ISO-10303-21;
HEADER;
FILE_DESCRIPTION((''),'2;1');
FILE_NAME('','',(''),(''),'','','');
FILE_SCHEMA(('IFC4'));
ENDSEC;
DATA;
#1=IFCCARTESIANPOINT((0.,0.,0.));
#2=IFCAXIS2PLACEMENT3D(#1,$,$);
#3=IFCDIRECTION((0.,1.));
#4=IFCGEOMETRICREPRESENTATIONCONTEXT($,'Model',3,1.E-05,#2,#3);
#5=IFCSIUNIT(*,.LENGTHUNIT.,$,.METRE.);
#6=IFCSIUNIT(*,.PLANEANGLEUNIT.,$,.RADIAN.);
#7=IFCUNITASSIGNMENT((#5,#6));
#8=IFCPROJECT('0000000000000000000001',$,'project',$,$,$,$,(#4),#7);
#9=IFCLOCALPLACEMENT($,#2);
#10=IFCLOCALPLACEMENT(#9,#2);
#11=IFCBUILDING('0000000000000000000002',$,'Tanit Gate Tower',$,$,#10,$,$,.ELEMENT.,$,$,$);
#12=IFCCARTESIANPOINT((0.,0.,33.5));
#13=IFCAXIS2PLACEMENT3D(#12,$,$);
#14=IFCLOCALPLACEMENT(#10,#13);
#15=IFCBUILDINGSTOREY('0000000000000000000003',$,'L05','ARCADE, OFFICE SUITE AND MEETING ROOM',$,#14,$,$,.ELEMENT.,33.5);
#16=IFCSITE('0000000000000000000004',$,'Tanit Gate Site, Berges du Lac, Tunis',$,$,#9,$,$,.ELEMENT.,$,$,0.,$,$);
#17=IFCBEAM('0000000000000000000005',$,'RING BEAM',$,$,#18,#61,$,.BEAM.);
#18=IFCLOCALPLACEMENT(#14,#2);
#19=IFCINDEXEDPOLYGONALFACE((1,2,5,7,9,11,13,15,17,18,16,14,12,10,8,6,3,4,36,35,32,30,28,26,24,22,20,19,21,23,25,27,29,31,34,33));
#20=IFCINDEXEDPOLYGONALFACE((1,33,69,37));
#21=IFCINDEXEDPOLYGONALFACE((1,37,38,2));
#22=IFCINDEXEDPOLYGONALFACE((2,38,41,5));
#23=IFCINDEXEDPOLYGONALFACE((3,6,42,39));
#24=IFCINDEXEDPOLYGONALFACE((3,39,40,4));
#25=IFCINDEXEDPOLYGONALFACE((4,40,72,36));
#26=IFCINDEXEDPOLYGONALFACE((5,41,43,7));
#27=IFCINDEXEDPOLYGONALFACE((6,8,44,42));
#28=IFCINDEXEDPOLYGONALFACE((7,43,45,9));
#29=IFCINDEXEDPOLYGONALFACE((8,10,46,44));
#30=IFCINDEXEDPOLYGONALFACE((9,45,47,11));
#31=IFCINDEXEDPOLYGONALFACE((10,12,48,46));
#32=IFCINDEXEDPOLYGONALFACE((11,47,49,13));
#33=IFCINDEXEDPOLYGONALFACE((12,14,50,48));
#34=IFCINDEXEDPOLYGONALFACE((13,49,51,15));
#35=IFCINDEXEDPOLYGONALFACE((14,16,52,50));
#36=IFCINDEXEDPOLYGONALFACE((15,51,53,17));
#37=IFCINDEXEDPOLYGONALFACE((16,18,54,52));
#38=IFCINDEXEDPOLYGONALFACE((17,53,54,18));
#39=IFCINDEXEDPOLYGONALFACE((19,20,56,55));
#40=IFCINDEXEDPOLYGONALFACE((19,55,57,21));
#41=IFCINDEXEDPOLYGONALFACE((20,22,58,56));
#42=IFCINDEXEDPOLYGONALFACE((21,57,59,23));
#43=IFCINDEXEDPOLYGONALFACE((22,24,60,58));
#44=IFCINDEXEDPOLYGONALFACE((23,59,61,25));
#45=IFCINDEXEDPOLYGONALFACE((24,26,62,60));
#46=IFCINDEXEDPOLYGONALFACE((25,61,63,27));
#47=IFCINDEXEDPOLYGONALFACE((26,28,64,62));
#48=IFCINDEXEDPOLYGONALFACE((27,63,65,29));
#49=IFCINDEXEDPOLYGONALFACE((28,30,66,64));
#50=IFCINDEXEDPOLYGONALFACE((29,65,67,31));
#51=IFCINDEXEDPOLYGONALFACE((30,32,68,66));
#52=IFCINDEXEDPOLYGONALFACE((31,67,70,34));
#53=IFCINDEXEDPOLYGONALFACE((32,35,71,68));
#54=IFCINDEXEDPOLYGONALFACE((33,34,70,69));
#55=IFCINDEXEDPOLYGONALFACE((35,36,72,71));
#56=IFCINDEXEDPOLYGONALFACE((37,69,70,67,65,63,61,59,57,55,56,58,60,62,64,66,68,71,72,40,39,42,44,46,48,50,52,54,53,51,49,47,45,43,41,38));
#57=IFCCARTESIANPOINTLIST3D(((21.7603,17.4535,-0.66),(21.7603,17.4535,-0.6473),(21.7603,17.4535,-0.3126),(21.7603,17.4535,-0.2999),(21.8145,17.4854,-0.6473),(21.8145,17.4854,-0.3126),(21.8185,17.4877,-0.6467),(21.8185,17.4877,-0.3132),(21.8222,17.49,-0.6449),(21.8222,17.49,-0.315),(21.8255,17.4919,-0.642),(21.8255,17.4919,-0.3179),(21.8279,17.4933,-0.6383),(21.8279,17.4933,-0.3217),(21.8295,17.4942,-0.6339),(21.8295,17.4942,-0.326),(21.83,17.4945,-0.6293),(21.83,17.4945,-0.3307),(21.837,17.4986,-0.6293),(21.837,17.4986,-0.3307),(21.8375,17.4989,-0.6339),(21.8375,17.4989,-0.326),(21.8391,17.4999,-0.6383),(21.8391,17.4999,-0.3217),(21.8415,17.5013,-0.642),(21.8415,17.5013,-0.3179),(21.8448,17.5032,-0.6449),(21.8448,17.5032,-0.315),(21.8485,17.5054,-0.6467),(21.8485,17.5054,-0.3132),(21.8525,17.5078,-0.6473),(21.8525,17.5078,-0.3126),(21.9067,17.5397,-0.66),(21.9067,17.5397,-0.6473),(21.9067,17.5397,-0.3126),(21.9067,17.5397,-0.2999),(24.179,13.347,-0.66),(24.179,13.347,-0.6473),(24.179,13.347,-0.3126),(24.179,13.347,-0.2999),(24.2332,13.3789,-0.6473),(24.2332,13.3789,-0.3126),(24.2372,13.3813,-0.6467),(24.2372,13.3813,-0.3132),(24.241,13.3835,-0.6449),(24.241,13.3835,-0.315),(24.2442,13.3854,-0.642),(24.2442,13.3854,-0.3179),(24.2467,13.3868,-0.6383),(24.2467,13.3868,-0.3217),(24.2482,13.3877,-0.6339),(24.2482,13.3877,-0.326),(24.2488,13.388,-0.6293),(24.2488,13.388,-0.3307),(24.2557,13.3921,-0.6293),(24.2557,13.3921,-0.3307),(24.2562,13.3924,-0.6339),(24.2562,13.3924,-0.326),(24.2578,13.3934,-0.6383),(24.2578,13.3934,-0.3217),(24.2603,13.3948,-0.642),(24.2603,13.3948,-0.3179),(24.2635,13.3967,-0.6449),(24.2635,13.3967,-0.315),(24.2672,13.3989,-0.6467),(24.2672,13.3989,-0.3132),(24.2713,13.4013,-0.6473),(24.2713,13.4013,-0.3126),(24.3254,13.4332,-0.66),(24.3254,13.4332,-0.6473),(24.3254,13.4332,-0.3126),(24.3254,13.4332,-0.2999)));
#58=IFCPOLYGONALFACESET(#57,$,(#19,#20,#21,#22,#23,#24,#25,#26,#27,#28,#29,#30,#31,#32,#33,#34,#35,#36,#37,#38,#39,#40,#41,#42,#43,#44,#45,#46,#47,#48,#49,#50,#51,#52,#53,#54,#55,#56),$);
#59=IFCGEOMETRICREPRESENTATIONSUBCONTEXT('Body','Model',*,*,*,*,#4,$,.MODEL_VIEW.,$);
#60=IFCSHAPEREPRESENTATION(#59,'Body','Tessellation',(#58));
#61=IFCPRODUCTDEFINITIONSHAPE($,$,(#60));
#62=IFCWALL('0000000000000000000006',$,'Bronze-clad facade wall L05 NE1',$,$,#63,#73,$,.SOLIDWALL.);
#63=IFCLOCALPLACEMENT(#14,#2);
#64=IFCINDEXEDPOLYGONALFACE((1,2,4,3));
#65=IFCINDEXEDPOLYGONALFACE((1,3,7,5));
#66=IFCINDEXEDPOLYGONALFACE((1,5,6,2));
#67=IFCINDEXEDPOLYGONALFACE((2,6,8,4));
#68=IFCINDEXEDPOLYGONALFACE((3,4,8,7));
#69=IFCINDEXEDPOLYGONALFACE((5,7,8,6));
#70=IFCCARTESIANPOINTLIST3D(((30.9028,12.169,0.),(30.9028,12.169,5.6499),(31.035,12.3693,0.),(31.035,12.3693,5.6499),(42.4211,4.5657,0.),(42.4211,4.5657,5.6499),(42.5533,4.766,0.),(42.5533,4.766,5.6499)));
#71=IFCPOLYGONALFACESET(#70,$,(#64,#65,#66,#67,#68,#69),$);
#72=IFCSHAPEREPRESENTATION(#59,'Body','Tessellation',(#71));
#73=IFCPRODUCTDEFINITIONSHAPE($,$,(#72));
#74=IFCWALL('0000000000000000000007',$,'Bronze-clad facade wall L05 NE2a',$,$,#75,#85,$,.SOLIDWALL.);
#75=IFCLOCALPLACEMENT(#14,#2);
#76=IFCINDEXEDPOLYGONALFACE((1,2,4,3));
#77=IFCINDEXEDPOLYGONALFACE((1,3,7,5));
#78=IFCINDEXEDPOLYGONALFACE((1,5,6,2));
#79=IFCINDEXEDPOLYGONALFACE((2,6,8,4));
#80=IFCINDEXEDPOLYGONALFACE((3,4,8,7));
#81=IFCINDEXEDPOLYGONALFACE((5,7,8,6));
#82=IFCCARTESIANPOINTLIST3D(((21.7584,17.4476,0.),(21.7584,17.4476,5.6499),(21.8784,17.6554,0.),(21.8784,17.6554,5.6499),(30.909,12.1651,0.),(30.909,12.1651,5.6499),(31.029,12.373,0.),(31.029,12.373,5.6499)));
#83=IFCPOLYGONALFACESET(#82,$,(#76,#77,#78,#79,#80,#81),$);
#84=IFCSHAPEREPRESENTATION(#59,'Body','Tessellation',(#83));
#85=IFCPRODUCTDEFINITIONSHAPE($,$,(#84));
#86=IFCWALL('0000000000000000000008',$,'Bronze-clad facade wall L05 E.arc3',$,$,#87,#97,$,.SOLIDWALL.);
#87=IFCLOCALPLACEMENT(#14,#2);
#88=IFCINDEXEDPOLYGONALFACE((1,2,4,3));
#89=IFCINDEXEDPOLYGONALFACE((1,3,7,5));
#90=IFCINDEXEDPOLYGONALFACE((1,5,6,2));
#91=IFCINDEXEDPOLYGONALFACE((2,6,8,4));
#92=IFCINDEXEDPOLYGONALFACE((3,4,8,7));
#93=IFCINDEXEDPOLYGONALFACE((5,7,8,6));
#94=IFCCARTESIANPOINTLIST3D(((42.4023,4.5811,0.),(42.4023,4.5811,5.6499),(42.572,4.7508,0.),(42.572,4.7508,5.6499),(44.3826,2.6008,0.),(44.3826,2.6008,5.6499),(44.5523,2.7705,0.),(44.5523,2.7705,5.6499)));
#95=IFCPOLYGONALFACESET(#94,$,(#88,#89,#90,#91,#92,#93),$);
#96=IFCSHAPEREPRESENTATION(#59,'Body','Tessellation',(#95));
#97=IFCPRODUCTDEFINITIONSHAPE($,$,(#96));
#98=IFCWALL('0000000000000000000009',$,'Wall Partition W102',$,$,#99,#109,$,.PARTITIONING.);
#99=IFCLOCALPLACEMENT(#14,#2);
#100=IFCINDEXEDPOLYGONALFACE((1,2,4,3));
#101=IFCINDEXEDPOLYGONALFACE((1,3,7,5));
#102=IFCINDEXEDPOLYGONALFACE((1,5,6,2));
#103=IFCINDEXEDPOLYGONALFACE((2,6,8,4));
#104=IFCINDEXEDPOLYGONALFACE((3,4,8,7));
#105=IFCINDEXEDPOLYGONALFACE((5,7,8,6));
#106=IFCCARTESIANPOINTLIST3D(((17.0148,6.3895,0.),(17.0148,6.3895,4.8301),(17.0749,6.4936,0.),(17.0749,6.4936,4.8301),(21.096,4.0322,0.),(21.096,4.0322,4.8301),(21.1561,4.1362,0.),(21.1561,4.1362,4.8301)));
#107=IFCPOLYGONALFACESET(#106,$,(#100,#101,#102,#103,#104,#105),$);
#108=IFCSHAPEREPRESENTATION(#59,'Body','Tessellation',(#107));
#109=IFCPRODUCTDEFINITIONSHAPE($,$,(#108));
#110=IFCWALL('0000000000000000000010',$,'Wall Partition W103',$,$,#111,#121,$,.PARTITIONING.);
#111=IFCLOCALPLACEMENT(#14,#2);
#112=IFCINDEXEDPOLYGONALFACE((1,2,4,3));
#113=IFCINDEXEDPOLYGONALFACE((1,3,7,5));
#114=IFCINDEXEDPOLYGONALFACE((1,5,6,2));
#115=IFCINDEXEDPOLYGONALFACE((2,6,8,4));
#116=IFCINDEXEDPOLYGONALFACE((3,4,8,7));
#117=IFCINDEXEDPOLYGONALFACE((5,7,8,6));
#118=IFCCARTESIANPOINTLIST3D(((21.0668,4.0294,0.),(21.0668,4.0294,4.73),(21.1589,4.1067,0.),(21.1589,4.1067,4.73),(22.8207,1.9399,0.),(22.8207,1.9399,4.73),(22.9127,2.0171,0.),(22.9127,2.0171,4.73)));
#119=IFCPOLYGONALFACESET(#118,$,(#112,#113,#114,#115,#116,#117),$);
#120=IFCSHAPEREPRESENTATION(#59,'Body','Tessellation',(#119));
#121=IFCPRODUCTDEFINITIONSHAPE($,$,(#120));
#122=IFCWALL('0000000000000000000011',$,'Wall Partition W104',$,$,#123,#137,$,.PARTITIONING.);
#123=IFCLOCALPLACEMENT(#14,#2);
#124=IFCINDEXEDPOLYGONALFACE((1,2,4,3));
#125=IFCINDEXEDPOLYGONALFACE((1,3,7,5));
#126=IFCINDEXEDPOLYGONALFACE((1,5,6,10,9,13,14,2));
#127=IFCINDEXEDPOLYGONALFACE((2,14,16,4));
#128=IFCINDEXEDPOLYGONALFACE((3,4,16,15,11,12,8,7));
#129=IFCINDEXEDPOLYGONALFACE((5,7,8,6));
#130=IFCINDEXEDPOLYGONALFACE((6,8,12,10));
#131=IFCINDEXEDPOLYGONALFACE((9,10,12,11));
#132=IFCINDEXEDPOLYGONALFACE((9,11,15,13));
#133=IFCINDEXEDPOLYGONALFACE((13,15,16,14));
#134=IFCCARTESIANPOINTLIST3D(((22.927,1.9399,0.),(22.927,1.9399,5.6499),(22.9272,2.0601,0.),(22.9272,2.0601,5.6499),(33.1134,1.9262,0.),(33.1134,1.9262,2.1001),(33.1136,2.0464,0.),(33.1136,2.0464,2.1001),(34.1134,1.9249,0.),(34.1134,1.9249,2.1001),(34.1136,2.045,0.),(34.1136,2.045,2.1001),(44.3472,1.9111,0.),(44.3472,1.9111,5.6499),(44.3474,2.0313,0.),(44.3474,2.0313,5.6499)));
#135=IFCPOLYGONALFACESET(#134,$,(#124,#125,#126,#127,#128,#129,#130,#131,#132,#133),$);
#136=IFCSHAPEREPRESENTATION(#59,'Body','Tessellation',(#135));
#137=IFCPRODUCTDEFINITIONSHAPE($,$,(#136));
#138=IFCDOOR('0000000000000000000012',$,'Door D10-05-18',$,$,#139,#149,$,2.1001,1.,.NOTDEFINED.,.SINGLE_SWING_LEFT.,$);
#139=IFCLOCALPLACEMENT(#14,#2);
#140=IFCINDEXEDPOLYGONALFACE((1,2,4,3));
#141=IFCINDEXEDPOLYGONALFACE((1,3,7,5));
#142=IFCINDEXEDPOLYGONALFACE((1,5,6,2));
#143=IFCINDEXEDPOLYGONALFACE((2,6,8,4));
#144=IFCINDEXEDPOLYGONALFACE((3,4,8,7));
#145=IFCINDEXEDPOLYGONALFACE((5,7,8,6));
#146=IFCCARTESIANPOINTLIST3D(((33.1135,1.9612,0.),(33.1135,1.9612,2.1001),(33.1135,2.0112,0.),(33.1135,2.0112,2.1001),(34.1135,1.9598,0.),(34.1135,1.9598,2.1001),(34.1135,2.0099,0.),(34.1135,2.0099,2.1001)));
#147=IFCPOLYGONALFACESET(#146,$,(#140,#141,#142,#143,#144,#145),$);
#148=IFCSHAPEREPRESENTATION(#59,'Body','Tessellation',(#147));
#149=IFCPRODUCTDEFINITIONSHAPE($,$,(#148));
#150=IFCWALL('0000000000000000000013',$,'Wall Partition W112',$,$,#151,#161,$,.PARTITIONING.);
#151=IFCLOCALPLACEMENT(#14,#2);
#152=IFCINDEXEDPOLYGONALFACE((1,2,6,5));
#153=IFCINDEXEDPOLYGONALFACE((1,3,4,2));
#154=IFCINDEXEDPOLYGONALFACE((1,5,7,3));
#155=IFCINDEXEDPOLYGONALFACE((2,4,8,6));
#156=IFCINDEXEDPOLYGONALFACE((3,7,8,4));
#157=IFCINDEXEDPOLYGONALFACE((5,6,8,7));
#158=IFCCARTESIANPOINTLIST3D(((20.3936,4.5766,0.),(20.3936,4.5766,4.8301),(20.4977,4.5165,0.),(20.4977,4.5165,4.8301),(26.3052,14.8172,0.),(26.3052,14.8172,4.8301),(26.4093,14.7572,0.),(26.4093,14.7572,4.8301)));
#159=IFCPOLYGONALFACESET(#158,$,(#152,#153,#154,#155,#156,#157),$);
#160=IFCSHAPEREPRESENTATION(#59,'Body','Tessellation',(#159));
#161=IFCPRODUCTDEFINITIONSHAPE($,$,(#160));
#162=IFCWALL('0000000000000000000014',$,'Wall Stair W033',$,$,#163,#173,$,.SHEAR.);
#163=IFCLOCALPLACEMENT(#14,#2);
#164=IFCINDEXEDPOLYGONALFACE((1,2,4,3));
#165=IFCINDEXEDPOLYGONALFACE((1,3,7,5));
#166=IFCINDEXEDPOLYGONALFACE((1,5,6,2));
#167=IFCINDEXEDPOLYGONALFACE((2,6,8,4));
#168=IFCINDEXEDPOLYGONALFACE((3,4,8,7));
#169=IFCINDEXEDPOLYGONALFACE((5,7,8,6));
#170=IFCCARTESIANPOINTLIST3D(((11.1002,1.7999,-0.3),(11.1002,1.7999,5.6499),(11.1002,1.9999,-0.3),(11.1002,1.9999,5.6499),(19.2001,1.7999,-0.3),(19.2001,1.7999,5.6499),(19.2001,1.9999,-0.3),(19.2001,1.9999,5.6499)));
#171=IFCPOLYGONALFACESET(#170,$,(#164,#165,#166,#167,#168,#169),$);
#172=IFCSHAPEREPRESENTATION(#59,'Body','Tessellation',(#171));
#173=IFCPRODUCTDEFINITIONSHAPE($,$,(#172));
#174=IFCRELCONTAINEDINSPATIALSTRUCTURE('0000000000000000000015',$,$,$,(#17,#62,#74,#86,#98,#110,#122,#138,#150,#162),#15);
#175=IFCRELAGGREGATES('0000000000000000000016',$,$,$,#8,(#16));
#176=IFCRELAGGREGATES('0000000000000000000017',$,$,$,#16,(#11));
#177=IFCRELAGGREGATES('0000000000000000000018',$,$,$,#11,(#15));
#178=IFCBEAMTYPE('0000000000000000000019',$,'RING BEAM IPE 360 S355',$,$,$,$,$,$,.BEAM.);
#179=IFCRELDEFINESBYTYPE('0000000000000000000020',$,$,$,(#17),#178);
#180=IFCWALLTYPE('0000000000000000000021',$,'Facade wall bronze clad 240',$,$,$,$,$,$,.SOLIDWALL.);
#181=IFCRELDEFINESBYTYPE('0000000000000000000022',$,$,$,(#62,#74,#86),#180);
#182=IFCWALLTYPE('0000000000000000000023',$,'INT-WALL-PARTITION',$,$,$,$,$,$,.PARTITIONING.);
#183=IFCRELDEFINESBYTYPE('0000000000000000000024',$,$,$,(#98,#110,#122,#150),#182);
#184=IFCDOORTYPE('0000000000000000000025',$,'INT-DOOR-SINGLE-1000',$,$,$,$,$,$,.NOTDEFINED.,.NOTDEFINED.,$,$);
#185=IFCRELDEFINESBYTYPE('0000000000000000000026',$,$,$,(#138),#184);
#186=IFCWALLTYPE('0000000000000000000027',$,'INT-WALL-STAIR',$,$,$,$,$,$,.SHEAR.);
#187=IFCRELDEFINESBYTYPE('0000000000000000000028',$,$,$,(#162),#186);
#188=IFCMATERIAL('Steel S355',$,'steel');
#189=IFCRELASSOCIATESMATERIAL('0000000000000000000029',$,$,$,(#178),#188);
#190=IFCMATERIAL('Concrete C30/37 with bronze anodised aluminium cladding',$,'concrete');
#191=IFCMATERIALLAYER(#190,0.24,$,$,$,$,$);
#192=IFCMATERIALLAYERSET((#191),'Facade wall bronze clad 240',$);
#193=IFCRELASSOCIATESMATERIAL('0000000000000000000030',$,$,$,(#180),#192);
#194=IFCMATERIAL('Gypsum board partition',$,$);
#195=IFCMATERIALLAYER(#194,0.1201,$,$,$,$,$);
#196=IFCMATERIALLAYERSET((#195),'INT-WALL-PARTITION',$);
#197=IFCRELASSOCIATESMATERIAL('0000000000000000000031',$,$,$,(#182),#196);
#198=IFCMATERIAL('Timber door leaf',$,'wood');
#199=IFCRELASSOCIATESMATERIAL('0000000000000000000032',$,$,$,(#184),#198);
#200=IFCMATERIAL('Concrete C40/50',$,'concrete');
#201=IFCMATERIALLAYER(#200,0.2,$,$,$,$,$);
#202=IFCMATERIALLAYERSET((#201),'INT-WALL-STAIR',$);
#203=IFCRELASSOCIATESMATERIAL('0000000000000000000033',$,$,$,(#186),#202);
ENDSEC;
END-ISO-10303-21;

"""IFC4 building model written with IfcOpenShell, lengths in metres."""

from ifc_helpers import new_model, si_unit, direction, frame, frame_2d, origin, origin_2d, place, context, subcontext, project, spatial, rectangle, i_section, extrude, material, layer, layer_set, material_profile, profile_set, type_object, element, fill, save


model = new_model("IFC4")

# Units and contexts
model_context = context("Model", 3, precision=1e-05, world=origin(), true_north=direction((0.0, 1.0)))
body_context = subcontext(model_context, "Body", "Model", "MODEL_VIEW")
ifc_project = project(units=[si_unit("LENGTHUNIT", "METRE"), si_unit("PLANEANGLEUNIT", "RADIAN")], contexts=[model_context])

# Site, building, storey
site_placement = place(None, origin())
site = spatial("IfcSite", under=ifc_project, at=site_placement, Name="Tanit Gate Site, Berges du Lac, Tunis", CompositionType="ELEMENT", RefElevation=0.0)
building_placement = place(site_placement, origin())
building = spatial("IfcBuilding", under=site, at=building_placement, Name="Tanit Gate Tower", CompositionType="ELEMENT")
storey_placement = place(building_placement, frame((0.0, 0.0, 33.5)))
storey = spatial("IfcBuildingStorey", under=building, at=storey_placement, Name="L05", Description="ARCADE, OFFICE SUITE AND MEETING ROOM", CompositionType="ELEMENT", Elevation=33.5)

# Beam
ifc_material_1 = material(Name="Steel S355", Category="steel")
ifc_material_profile_1 = material_profile(ifc_material_1, i_section(OverallWidth=0.1699, OverallDepth=0.3601, WebThickness=0.0081, FlangeThickness=0.0127, FilletRadius=0.0181, at=origin_2d()), Name="IPE 360")
ifc_profile_set_1 = profile_set([ifc_material_profile_1], Name="Steel S355")
beam_type_1 = type_object("IfcBeamType", Name="RING BEAM IPE 360 S355", PredefinedType="BEAM", material=ifc_profile_set_1)
beam_1_placement = place(storey_placement, frame((21.8335, 17.4966, -0.48), z_axis=(0.50751, -0.861646, 0.0), x_axis=(0.861646, 0.50751, 0.0)))
element("IfcBeam", 1, at=beam_1_placement, inside=storey, type_object=beam_type_1, Name="RING BEAM", PredefinedType="BEAM", context=body_context, shape_type="SweptSolid", body=[
    extrude(i_section(OverallWidth=0.1699, OverallDepth=0.3601, WebThickness=0.0081, FlangeThickness=0.0127, FilletRadius=0.0181, at=origin_2d()), origin(), (0.0, 0.0, 1.0), 4.7659),
])

# Walls
ifc_material_2 = material(Name="Concrete C30/37 with bronze anodised aluminium cladding", Category="concrete")
ifc_layer_1 = layer(ifc_material_2, 0.24)
ifc_layer_set_1 = layer_set([ifc_layer_1], Name="Facade wall bronze clad 240")
wall_type_1 = type_object("IfcWallType", Name="Facade wall bronze clad 240", PredefinedType="SOLIDWALL", material=ifc_layer_set_1)
wall_1_placement = place(storey_placement, frame((42.4873, 4.6658, 0.0), z_axis=(0.0, 0.0, 1.0), x_axis=(-0.83457, 0.550902, 0.0)))
element("IfcWall", 2, at=wall_1_placement, inside=storey, type_object=wall_type_1, Name="Bronze-clad facade wall L05 NE1", PredefinedType="SOLIDWALL", context=body_context, shape_type="SweptSolid", body=[
    extrude(rectangle(XDim=13.8015, YDim=0.24, at=frame_2d((6.9009, 0.0))), origin(), (0.0, 0.0, 1.0), 5.6499),
])
wall_2_placement = place(storey_placement, frame((30.969, 12.269, 0.0), z_axis=(0.0, 0.0, 1.0), x_axis=(-0.866052, 0.499954, 0.0)))
element("IfcWall", 3, at=wall_2_placement, inside=storey, type_object=wall_type_1, Name="Bronze-clad facade wall L05 NE2a", PredefinedType="SOLIDWALL", context=body_context, shape_type="SweptSolid", body=[
    extrude(rectangle(XDim=10.5659, YDim=0.24, at=frame_2d((5.283, 0.0))), origin(), (0.0, 0.0, 1.0), 5.6499),
])
wall_3_placement = place(storey_placement, frame((44.4675, 2.6855, 0.0), z_axis=(0.0, 0.0, 1.0), x_axis=(-0.707107, 0.707107, 0.0)))
element("IfcWall", 4, at=wall_3_placement, inside=storey, type_object=wall_type_1, Name="Bronze-clad facade wall L05 E.arc3", PredefinedType="SOLIDWALL", context=body_context, shape_type="SweptSolid", body=[
    extrude(rectangle(XDim=2.8005, YDim=0.24, at=frame_2d((1.4004, 0.0))), origin(), (0.0, 0.0, 1.0), 5.6499),
])
ifc_material_3 = material(Name="Gypsum board partition")
ifc_layer_2 = layer(ifc_material_3, 0.1201)
ifc_layer_set_2 = layer_set([ifc_layer_2], Name="INT-WALL-PARTITION")
wall_type_2 = type_object("IfcWallType", Name="INT-WALL-PARTITION", PredefinedType="PARTITIONING", material=ifc_layer_set_2)
wall_4_placement = place(storey_placement, frame((21.126, 4.0842, 0.0), z_axis=(0.0, 0.0, 1.0), x_axis=(-0.865926, 0.500172, 0.0)))
element("IfcWall", 5, at=wall_4_placement, inside=storey, type_object=wall_type_2, Name="Wall Partition W102", PredefinedType="PARTITIONING", context=body_context, shape_type="SweptSolid", body=[
    extrude(rectangle(XDim=4.7131, YDim=0.1201, at=frame_2d((2.3564, 0.0))), origin(), (0.0, 0.0, 1.0), 4.8301),
])
wall_5_placement = place(storey_placement, frame((22.8667, 1.9785, 0.0), z_axis=(0.0, 0.0, 1.0), x_axis=(-0.6429, 0.76595, 0.0)))
element("IfcWall", 6, at=wall_5_placement, inside=storey, type_object=wall_type_2, Name="Wall Partition W103", PredefinedType="PARTITIONING", context=body_context, shape_type="SweptSolid", body=[
    extrude(rectangle(XDim=2.728, YDim=0.1201, at=frame_2d((1.364, 0.0))), origin(), (0.0, 0.0, 1.0), 4.73),
])

# Wall, opening, door
wall_6_placement = place(storey_placement, frame((22.9272, 2.0, 0.0), z_axis=(0.0, 0.0, 1.0), x_axis=(0.999999, -0.001345, 0.0)))
wall_6 = element("IfcWall", 7, at=wall_6_placement, inside=storey, type_object=wall_type_2, Name="Wall Partition W104", PredefinedType="PARTITIONING", context=body_context, shape_type="SweptSolid", body=[
    extrude(rectangle(XDim=21.4202, YDim=0.1201, at=frame_2d((10.71, 0.0))), origin(), (0.0, 0.0, 1.0), 5.6499),
])
opening_1_placement = place(wall_6_placement, frame((10.1863, 0.0, 0.0)))
opening_1 = element("IfcOpeningElement", 8, at=opening_1_placement, cuts=wall_6, PredefinedType="OPENING", context=body_context, shape_type="SweptSolid", body=[
    extrude(rectangle(XDim=1.0, YDim=2.1001, at=frame_2d((0.5, 1.05))), frame((0.0, 0.0701, 0.0), z_axis=(0.0, -1.0, 0.0), x_axis=(1.0, 0.0, 0.0)), (0.0, 0.0, 1.0), 0.1401),
])
ifc_material_4 = material(Name="Timber door leaf", Category="wood")
door_type_1 = type_object("IfcDoorType", Name="INT-DOOR-SINGLE-1000", OperationType="NOTDEFINED", PredefinedType="NOTDEFINED", material=ifc_material_4)
door_1_placement = place(opening_1_placement, origin())
door_1 = element("IfcDoor", 9, at=door_1_placement, inside=storey, type_object=door_type_1, Name="Door D10-05-18", OperationType="SINGLE_SWING_LEFT", OverallHeight=2.1001, OverallWidth=1.0, PredefinedType="NOTDEFINED", context=body_context, shape_type="SweptSolid", body=[
    extrude(rectangle(XDim=1.0, YDim=2.1001, at=frame_2d((0.5, 1.05))), frame((0.0, 0.0249, 0.0), z_axis=(0.0, -1.0, 0.0), x_axis=(1.0, 0.0, 0.0)), (0.0, 0.0, 1.0), 0.05),
])
fill(opening_1, door_1)

# Walls
wall_7_placement = place(storey_placement, frame((26.3572, 14.7871, 0.0), z_axis=(0.0, 0.0, 1.0), x_axis=(-0.499945, -0.866057, 0.0)))
element("IfcWall", 10, at=wall_7_placement, inside=storey, type_object=wall_type_2, Name="Wall Partition W112", PredefinedType="PARTITIONING", context=body_context, shape_type="SweptSolid", body=[
    extrude(rectangle(XDim=11.8245, YDim=0.1201, at=frame_2d((5.9121, 0.0))), origin(), (0.0, 0.0, 1.0), 4.8301),
])
ifc_material_5 = material(Name="Concrete C40/50", Category="concrete")
ifc_layer_3 = layer(ifc_material_5, 0.2)
ifc_layer_set_3 = layer_set([ifc_layer_3], Name="INT-WALL-STAIR")
wall_type_3 = type_object("IfcWallType", Name="INT-WALL-STAIR", PredefinedType="SHEAR", material=ifc_layer_set_3)
wall_8_placement = place(storey_placement, frame((19.2, 1.8999, -0.3), z_axis=(0.0, 0.0, 1.0), x_axis=(-1.0, 0.0, 0.0)))
element("IfcWall", 11, at=wall_8_placement, inside=storey, type_object=wall_type_3, Name="Wall Stair W033", PredefinedType="SHEAR", context=body_context, shape_type="SweptSolid", body=[
    extrude(rectangle(XDim=8.0999, YDim=0.2, at=frame_2d((4.0498, 0.0))), origin(), (0.0, 0.0, 1.0), 5.95),
])

save(model, "model.ifc")
